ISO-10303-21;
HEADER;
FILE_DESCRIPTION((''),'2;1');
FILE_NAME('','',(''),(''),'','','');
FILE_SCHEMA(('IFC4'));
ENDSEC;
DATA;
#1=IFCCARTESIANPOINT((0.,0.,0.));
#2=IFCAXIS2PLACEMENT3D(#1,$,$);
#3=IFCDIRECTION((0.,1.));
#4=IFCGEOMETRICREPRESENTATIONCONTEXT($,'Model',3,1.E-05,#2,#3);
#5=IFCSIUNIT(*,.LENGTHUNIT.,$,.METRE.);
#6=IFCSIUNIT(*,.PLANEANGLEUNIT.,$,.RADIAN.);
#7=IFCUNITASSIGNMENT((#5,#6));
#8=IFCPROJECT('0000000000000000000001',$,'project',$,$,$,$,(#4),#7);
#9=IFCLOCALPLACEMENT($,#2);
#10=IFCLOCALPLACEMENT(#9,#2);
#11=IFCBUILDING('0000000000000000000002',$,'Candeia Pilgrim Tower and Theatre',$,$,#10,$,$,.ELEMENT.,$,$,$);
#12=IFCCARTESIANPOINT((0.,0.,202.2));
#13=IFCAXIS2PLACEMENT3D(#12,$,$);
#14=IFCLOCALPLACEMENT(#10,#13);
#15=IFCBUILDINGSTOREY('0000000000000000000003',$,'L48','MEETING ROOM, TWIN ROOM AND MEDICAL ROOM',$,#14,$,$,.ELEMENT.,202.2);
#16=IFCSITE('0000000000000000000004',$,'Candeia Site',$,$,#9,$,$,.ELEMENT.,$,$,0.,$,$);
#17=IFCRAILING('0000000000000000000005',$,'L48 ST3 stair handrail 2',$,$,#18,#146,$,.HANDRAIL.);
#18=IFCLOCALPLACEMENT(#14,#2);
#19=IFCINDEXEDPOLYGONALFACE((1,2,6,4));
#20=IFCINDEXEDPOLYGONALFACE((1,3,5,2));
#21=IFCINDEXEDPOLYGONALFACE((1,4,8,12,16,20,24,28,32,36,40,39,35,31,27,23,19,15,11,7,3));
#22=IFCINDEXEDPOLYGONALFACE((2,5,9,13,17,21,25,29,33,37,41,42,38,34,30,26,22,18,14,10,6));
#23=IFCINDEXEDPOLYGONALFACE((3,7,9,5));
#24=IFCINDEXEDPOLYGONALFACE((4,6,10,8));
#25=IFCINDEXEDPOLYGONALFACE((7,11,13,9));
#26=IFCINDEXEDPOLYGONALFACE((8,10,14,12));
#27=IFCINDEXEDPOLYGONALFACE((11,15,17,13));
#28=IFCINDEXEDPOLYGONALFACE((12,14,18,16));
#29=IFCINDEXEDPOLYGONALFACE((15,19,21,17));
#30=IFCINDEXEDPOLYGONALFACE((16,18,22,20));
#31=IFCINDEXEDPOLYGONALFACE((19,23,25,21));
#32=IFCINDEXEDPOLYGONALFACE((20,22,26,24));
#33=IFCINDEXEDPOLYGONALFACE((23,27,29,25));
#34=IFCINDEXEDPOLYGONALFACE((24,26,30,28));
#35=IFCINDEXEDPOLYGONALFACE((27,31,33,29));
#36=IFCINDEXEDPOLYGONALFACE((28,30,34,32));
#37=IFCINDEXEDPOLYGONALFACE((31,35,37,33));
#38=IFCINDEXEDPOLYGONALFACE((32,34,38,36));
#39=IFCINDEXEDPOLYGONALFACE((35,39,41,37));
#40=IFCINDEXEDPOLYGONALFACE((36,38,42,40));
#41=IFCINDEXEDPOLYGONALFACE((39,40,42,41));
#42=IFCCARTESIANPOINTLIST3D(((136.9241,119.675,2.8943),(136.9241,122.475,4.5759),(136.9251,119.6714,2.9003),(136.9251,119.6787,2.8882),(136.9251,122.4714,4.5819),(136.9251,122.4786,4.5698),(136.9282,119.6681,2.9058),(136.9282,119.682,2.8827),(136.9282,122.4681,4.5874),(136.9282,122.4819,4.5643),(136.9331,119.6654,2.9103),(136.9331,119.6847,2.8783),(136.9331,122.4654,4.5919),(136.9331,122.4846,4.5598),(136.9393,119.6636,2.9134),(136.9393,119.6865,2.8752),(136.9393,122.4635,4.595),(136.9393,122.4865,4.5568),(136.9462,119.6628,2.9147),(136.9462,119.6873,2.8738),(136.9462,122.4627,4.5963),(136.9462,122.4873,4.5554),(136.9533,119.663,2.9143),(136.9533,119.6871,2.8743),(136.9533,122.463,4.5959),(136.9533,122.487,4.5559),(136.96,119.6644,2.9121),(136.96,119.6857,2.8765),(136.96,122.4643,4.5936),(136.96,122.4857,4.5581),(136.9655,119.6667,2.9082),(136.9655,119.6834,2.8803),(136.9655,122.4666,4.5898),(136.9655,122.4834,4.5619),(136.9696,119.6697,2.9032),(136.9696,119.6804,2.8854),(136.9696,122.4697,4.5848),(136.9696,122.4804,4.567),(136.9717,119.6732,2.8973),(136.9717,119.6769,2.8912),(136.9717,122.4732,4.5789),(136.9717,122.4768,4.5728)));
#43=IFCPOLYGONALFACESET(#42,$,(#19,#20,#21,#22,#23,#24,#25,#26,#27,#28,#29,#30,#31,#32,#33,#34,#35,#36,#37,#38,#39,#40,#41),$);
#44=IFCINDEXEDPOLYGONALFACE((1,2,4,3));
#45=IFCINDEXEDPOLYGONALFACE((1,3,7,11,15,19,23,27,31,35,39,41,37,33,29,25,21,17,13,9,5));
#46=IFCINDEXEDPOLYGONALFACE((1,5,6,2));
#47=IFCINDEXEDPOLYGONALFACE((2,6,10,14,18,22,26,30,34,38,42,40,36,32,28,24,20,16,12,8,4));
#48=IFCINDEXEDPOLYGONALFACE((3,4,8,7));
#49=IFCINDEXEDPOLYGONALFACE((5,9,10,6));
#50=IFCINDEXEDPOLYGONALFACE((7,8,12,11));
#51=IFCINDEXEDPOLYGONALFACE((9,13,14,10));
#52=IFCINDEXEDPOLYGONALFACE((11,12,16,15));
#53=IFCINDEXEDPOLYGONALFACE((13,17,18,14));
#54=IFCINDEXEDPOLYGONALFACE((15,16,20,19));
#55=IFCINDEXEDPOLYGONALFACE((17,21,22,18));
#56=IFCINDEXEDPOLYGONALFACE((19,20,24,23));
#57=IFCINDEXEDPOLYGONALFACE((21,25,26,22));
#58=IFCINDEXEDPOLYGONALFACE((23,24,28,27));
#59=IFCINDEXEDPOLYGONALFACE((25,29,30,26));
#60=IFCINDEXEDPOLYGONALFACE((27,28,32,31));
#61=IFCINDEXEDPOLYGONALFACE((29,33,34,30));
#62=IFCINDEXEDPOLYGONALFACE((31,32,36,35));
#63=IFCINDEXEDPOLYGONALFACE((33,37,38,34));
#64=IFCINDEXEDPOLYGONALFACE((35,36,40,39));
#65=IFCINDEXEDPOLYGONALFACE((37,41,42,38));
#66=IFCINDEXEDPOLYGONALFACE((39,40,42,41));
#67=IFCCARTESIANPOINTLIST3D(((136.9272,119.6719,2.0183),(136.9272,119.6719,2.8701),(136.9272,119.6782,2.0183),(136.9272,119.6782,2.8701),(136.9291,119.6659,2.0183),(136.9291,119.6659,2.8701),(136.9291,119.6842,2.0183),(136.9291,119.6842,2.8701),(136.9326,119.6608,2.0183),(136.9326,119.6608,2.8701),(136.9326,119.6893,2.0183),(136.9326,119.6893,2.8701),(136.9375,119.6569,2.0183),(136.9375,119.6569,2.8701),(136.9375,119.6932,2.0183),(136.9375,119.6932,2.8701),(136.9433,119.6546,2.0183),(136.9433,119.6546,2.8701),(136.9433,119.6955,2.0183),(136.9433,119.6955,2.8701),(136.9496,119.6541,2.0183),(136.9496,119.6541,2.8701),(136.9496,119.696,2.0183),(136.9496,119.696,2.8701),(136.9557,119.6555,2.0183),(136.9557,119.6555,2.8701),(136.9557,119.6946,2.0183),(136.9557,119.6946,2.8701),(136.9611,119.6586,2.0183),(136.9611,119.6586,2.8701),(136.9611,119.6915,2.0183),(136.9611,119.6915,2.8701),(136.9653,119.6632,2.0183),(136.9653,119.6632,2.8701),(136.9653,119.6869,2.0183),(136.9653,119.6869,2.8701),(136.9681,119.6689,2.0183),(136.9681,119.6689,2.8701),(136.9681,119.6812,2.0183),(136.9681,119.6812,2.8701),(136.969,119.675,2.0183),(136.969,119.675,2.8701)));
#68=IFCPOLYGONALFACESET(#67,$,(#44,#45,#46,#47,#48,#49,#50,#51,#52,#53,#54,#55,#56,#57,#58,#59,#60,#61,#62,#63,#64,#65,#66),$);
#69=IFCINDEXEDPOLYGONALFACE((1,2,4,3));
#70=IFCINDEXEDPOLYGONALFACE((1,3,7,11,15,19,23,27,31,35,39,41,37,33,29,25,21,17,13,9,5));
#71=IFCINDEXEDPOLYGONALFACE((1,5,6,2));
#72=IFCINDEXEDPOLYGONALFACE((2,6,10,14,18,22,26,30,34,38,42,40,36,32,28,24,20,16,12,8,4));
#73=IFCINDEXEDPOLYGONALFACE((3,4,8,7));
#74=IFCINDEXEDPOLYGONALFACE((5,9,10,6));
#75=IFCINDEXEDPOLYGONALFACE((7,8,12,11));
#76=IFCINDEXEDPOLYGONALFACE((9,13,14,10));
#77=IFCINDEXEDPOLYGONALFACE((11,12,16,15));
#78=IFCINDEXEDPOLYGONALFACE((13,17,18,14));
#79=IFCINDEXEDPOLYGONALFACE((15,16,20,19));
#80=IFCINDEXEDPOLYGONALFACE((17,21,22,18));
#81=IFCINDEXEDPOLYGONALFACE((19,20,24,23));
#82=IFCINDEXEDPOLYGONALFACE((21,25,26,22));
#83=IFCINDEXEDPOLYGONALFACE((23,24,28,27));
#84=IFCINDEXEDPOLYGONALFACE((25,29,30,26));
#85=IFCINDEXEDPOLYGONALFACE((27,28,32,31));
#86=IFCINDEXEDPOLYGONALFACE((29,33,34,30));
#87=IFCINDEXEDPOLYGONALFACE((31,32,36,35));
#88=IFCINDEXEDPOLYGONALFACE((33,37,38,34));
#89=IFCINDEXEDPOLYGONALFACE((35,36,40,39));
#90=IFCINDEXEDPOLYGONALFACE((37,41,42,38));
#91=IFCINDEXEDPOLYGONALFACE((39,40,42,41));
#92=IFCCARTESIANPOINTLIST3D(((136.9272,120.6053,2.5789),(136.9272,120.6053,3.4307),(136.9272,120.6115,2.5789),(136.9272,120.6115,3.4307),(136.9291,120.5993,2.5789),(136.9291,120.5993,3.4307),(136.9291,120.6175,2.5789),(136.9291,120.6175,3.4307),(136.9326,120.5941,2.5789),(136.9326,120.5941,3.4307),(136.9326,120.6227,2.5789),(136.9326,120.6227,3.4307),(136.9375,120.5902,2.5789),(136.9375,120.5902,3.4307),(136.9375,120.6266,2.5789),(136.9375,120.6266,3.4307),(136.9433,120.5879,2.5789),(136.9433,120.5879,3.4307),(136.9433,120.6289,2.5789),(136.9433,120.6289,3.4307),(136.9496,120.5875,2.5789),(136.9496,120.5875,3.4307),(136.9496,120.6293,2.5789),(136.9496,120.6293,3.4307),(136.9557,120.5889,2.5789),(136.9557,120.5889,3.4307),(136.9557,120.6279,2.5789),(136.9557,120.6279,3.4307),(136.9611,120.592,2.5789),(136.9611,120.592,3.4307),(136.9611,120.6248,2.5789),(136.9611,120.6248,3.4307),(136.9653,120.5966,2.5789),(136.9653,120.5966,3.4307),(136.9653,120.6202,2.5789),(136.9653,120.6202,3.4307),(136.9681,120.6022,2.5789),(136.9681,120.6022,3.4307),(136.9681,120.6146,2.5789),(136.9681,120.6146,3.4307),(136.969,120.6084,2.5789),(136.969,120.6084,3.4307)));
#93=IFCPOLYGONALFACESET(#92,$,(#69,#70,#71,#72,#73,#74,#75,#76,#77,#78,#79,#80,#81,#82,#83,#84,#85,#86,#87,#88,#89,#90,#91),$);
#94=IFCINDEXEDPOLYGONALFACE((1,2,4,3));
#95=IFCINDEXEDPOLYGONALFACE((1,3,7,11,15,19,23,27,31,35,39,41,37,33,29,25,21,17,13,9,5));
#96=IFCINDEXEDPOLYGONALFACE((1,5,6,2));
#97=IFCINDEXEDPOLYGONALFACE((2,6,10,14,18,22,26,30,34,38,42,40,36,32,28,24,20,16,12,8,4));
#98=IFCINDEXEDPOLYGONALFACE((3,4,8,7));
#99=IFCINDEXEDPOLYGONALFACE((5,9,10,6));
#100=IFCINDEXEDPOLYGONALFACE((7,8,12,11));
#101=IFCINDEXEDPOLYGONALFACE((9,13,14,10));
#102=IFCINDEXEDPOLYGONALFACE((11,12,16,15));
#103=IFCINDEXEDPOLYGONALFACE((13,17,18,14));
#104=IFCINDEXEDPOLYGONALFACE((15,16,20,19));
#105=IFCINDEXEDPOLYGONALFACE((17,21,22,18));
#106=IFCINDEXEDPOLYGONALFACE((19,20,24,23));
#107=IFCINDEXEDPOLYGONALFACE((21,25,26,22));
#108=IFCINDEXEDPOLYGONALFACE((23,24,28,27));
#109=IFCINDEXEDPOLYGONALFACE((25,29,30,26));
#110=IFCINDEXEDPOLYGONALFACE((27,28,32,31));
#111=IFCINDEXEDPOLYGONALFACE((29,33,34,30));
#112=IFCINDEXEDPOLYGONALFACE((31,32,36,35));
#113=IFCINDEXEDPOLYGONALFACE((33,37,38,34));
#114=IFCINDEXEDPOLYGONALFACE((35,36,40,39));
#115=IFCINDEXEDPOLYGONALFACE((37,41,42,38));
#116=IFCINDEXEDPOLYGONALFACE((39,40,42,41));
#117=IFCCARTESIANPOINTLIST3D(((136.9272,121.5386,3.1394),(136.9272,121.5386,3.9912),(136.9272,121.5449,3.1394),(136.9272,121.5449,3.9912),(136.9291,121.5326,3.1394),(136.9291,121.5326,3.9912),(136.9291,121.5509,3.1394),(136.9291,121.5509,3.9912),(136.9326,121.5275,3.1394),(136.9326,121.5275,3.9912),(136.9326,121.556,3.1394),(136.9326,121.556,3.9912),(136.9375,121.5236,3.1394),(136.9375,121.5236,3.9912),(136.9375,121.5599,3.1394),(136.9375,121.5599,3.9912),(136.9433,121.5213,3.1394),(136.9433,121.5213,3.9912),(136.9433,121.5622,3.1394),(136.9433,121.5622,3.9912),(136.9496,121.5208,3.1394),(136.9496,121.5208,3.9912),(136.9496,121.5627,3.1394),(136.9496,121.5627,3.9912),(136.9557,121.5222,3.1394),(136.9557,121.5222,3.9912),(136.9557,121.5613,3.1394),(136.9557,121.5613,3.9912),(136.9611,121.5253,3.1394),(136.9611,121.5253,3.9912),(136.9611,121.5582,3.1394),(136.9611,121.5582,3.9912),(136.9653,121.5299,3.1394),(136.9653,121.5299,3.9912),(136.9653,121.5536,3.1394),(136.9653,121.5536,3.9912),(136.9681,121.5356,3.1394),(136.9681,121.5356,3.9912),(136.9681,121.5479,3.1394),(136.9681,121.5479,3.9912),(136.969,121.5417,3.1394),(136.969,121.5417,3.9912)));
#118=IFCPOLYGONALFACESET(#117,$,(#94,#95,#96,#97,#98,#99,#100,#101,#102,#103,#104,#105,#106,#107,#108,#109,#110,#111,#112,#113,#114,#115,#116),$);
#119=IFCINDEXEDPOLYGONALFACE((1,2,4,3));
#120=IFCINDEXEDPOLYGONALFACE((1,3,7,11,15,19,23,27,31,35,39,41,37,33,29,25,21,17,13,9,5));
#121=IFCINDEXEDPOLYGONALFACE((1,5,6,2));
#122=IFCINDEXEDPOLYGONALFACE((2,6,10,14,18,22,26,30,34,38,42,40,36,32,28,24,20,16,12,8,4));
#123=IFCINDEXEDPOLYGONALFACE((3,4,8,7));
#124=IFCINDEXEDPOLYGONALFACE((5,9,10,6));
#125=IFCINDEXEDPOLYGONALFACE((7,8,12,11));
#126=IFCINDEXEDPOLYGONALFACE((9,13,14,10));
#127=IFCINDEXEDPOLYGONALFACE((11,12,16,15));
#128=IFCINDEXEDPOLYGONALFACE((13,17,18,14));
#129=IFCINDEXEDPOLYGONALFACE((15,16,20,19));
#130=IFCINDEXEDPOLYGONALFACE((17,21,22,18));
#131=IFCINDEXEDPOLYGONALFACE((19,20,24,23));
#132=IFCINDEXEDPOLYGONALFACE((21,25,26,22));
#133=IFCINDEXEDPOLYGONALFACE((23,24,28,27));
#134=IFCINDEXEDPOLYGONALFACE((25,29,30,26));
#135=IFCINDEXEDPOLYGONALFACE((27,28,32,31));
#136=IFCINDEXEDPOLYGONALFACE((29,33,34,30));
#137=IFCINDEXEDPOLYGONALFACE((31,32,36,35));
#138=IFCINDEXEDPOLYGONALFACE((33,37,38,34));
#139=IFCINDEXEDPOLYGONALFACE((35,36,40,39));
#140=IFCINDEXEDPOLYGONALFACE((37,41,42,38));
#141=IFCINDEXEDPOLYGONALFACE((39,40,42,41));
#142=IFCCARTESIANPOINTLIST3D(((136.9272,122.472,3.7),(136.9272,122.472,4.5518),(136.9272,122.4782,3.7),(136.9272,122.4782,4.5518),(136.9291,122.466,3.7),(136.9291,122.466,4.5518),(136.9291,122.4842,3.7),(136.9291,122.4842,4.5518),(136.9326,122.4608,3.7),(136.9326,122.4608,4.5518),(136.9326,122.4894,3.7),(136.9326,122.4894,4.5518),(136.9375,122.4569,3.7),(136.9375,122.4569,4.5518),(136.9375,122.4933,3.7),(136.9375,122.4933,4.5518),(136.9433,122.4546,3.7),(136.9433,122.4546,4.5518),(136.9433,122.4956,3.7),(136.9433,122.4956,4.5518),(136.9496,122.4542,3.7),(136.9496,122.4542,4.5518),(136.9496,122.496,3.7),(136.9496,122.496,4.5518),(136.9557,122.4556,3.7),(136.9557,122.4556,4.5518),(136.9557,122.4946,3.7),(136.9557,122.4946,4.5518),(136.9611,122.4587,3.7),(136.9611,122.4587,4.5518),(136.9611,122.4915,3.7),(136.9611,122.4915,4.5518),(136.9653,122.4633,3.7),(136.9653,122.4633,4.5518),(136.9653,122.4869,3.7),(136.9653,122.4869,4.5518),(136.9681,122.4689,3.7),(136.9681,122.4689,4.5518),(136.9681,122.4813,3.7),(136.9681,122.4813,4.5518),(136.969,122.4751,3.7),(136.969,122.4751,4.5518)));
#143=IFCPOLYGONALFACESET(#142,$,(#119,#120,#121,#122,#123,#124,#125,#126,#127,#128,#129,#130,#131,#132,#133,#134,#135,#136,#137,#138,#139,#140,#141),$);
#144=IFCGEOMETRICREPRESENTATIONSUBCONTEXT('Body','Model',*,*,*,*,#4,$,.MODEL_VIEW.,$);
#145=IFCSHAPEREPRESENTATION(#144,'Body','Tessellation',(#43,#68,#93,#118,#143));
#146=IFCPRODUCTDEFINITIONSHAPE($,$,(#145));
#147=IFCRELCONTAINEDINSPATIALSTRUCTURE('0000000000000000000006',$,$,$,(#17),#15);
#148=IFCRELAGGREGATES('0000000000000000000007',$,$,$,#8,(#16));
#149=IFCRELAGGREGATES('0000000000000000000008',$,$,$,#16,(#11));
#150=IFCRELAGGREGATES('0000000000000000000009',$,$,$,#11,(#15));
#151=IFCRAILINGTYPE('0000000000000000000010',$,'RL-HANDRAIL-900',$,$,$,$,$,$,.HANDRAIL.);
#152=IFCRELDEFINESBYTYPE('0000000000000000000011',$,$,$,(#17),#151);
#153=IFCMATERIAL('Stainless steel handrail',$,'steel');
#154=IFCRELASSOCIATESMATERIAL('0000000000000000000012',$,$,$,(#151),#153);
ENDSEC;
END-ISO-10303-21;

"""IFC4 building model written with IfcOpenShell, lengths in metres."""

from ifc_helpers import new_model, si_unit, direction, frame, origin, origin_2d, place, context, subcontext, project, spatial, circle, extrude, material, type_object, element, save


model = new_model("IFC4")

# Units and contexts
model_context = context("Model", 3, precision=1e-05, world=origin(), true_north=direction((0.0, 1.0)))
body_context = subcontext(model_context, "Body", "Model", "MODEL_VIEW")
ifc_project = project(units=[si_unit("LENGTHUNIT", "METRE"), si_unit("PLANEANGLEUNIT", "RADIAN")], contexts=[model_context])

# Site, building, storey
site_placement = place(None, origin())
site = spatial("IfcSite", under=ifc_project, at=site_placement, Name="Candeia Site", CompositionType="ELEMENT", RefElevation=0.0)
building_placement = place(site_placement, origin())
building = spatial("IfcBuilding", under=site, at=building_placement, Name="Candeia Pilgrim Tower and Theatre", CompositionType="ELEMENT")
storey_placement = place(building_placement, frame((0.0, 0.0, 202.2)))
storey = spatial("IfcBuildingStorey", under=building, at=storey_placement, Name="L48", Description="MEETING ROOM, TWIN ROOM AND MEDICAL ROOM", CompositionType="ELEMENT", Elevation=202.2)

# Railing
ifc_material_1 = material(Name="Stainless steel handrail", Category="steel")
railing_type_1 = type_object("IfcRailingType", Name="RL-HANDRAIL-900", PredefinedType="HANDRAIL", material=ifc_material_1)
railing_1_placement = place(storey_placement, frame((136.948, 119.675, 2.0183)))
element("IfcRailing", 1, at=railing_1_placement, inside=storey, type_object=railing_type_1, Name="L48 ST3 stair handrail 2", PredefinedType="HANDRAIL", context=body_context, shape_type="SweptSolid", body=[
    extrude(circle(Radius=0.0239, at=origin_2d()), frame((0.0, 0.0, 0.876), z_axis=(0.0, 0.857275, 0.514858), x_axis=(-1.0, 0.0, 0.0)), (0.0, 0.0, 1.0), 3.2661),
    extrude(circle(Radius=0.021, at=origin_2d()), origin(), (0.0, 0.0, 1.0), 0.8518),
    extrude(circle(Radius=0.021, at=origin_2d()), frame((0.0, 0.9333, 0.5605)), (0.0, 0.0, 1.0), 0.8518),
    extrude(circle(Radius=0.021, at=origin_2d()), frame((0.0, 1.8667, 1.1211)), (0.0, 0.0, 1.0), 0.8518),
    extrude(circle(Radius=0.021, at=origin_2d()), frame((0.0, 2.8, 1.6816)), (0.0, 0.0, 1.0), 0.8518),
])

save(model, "model.ifc")
